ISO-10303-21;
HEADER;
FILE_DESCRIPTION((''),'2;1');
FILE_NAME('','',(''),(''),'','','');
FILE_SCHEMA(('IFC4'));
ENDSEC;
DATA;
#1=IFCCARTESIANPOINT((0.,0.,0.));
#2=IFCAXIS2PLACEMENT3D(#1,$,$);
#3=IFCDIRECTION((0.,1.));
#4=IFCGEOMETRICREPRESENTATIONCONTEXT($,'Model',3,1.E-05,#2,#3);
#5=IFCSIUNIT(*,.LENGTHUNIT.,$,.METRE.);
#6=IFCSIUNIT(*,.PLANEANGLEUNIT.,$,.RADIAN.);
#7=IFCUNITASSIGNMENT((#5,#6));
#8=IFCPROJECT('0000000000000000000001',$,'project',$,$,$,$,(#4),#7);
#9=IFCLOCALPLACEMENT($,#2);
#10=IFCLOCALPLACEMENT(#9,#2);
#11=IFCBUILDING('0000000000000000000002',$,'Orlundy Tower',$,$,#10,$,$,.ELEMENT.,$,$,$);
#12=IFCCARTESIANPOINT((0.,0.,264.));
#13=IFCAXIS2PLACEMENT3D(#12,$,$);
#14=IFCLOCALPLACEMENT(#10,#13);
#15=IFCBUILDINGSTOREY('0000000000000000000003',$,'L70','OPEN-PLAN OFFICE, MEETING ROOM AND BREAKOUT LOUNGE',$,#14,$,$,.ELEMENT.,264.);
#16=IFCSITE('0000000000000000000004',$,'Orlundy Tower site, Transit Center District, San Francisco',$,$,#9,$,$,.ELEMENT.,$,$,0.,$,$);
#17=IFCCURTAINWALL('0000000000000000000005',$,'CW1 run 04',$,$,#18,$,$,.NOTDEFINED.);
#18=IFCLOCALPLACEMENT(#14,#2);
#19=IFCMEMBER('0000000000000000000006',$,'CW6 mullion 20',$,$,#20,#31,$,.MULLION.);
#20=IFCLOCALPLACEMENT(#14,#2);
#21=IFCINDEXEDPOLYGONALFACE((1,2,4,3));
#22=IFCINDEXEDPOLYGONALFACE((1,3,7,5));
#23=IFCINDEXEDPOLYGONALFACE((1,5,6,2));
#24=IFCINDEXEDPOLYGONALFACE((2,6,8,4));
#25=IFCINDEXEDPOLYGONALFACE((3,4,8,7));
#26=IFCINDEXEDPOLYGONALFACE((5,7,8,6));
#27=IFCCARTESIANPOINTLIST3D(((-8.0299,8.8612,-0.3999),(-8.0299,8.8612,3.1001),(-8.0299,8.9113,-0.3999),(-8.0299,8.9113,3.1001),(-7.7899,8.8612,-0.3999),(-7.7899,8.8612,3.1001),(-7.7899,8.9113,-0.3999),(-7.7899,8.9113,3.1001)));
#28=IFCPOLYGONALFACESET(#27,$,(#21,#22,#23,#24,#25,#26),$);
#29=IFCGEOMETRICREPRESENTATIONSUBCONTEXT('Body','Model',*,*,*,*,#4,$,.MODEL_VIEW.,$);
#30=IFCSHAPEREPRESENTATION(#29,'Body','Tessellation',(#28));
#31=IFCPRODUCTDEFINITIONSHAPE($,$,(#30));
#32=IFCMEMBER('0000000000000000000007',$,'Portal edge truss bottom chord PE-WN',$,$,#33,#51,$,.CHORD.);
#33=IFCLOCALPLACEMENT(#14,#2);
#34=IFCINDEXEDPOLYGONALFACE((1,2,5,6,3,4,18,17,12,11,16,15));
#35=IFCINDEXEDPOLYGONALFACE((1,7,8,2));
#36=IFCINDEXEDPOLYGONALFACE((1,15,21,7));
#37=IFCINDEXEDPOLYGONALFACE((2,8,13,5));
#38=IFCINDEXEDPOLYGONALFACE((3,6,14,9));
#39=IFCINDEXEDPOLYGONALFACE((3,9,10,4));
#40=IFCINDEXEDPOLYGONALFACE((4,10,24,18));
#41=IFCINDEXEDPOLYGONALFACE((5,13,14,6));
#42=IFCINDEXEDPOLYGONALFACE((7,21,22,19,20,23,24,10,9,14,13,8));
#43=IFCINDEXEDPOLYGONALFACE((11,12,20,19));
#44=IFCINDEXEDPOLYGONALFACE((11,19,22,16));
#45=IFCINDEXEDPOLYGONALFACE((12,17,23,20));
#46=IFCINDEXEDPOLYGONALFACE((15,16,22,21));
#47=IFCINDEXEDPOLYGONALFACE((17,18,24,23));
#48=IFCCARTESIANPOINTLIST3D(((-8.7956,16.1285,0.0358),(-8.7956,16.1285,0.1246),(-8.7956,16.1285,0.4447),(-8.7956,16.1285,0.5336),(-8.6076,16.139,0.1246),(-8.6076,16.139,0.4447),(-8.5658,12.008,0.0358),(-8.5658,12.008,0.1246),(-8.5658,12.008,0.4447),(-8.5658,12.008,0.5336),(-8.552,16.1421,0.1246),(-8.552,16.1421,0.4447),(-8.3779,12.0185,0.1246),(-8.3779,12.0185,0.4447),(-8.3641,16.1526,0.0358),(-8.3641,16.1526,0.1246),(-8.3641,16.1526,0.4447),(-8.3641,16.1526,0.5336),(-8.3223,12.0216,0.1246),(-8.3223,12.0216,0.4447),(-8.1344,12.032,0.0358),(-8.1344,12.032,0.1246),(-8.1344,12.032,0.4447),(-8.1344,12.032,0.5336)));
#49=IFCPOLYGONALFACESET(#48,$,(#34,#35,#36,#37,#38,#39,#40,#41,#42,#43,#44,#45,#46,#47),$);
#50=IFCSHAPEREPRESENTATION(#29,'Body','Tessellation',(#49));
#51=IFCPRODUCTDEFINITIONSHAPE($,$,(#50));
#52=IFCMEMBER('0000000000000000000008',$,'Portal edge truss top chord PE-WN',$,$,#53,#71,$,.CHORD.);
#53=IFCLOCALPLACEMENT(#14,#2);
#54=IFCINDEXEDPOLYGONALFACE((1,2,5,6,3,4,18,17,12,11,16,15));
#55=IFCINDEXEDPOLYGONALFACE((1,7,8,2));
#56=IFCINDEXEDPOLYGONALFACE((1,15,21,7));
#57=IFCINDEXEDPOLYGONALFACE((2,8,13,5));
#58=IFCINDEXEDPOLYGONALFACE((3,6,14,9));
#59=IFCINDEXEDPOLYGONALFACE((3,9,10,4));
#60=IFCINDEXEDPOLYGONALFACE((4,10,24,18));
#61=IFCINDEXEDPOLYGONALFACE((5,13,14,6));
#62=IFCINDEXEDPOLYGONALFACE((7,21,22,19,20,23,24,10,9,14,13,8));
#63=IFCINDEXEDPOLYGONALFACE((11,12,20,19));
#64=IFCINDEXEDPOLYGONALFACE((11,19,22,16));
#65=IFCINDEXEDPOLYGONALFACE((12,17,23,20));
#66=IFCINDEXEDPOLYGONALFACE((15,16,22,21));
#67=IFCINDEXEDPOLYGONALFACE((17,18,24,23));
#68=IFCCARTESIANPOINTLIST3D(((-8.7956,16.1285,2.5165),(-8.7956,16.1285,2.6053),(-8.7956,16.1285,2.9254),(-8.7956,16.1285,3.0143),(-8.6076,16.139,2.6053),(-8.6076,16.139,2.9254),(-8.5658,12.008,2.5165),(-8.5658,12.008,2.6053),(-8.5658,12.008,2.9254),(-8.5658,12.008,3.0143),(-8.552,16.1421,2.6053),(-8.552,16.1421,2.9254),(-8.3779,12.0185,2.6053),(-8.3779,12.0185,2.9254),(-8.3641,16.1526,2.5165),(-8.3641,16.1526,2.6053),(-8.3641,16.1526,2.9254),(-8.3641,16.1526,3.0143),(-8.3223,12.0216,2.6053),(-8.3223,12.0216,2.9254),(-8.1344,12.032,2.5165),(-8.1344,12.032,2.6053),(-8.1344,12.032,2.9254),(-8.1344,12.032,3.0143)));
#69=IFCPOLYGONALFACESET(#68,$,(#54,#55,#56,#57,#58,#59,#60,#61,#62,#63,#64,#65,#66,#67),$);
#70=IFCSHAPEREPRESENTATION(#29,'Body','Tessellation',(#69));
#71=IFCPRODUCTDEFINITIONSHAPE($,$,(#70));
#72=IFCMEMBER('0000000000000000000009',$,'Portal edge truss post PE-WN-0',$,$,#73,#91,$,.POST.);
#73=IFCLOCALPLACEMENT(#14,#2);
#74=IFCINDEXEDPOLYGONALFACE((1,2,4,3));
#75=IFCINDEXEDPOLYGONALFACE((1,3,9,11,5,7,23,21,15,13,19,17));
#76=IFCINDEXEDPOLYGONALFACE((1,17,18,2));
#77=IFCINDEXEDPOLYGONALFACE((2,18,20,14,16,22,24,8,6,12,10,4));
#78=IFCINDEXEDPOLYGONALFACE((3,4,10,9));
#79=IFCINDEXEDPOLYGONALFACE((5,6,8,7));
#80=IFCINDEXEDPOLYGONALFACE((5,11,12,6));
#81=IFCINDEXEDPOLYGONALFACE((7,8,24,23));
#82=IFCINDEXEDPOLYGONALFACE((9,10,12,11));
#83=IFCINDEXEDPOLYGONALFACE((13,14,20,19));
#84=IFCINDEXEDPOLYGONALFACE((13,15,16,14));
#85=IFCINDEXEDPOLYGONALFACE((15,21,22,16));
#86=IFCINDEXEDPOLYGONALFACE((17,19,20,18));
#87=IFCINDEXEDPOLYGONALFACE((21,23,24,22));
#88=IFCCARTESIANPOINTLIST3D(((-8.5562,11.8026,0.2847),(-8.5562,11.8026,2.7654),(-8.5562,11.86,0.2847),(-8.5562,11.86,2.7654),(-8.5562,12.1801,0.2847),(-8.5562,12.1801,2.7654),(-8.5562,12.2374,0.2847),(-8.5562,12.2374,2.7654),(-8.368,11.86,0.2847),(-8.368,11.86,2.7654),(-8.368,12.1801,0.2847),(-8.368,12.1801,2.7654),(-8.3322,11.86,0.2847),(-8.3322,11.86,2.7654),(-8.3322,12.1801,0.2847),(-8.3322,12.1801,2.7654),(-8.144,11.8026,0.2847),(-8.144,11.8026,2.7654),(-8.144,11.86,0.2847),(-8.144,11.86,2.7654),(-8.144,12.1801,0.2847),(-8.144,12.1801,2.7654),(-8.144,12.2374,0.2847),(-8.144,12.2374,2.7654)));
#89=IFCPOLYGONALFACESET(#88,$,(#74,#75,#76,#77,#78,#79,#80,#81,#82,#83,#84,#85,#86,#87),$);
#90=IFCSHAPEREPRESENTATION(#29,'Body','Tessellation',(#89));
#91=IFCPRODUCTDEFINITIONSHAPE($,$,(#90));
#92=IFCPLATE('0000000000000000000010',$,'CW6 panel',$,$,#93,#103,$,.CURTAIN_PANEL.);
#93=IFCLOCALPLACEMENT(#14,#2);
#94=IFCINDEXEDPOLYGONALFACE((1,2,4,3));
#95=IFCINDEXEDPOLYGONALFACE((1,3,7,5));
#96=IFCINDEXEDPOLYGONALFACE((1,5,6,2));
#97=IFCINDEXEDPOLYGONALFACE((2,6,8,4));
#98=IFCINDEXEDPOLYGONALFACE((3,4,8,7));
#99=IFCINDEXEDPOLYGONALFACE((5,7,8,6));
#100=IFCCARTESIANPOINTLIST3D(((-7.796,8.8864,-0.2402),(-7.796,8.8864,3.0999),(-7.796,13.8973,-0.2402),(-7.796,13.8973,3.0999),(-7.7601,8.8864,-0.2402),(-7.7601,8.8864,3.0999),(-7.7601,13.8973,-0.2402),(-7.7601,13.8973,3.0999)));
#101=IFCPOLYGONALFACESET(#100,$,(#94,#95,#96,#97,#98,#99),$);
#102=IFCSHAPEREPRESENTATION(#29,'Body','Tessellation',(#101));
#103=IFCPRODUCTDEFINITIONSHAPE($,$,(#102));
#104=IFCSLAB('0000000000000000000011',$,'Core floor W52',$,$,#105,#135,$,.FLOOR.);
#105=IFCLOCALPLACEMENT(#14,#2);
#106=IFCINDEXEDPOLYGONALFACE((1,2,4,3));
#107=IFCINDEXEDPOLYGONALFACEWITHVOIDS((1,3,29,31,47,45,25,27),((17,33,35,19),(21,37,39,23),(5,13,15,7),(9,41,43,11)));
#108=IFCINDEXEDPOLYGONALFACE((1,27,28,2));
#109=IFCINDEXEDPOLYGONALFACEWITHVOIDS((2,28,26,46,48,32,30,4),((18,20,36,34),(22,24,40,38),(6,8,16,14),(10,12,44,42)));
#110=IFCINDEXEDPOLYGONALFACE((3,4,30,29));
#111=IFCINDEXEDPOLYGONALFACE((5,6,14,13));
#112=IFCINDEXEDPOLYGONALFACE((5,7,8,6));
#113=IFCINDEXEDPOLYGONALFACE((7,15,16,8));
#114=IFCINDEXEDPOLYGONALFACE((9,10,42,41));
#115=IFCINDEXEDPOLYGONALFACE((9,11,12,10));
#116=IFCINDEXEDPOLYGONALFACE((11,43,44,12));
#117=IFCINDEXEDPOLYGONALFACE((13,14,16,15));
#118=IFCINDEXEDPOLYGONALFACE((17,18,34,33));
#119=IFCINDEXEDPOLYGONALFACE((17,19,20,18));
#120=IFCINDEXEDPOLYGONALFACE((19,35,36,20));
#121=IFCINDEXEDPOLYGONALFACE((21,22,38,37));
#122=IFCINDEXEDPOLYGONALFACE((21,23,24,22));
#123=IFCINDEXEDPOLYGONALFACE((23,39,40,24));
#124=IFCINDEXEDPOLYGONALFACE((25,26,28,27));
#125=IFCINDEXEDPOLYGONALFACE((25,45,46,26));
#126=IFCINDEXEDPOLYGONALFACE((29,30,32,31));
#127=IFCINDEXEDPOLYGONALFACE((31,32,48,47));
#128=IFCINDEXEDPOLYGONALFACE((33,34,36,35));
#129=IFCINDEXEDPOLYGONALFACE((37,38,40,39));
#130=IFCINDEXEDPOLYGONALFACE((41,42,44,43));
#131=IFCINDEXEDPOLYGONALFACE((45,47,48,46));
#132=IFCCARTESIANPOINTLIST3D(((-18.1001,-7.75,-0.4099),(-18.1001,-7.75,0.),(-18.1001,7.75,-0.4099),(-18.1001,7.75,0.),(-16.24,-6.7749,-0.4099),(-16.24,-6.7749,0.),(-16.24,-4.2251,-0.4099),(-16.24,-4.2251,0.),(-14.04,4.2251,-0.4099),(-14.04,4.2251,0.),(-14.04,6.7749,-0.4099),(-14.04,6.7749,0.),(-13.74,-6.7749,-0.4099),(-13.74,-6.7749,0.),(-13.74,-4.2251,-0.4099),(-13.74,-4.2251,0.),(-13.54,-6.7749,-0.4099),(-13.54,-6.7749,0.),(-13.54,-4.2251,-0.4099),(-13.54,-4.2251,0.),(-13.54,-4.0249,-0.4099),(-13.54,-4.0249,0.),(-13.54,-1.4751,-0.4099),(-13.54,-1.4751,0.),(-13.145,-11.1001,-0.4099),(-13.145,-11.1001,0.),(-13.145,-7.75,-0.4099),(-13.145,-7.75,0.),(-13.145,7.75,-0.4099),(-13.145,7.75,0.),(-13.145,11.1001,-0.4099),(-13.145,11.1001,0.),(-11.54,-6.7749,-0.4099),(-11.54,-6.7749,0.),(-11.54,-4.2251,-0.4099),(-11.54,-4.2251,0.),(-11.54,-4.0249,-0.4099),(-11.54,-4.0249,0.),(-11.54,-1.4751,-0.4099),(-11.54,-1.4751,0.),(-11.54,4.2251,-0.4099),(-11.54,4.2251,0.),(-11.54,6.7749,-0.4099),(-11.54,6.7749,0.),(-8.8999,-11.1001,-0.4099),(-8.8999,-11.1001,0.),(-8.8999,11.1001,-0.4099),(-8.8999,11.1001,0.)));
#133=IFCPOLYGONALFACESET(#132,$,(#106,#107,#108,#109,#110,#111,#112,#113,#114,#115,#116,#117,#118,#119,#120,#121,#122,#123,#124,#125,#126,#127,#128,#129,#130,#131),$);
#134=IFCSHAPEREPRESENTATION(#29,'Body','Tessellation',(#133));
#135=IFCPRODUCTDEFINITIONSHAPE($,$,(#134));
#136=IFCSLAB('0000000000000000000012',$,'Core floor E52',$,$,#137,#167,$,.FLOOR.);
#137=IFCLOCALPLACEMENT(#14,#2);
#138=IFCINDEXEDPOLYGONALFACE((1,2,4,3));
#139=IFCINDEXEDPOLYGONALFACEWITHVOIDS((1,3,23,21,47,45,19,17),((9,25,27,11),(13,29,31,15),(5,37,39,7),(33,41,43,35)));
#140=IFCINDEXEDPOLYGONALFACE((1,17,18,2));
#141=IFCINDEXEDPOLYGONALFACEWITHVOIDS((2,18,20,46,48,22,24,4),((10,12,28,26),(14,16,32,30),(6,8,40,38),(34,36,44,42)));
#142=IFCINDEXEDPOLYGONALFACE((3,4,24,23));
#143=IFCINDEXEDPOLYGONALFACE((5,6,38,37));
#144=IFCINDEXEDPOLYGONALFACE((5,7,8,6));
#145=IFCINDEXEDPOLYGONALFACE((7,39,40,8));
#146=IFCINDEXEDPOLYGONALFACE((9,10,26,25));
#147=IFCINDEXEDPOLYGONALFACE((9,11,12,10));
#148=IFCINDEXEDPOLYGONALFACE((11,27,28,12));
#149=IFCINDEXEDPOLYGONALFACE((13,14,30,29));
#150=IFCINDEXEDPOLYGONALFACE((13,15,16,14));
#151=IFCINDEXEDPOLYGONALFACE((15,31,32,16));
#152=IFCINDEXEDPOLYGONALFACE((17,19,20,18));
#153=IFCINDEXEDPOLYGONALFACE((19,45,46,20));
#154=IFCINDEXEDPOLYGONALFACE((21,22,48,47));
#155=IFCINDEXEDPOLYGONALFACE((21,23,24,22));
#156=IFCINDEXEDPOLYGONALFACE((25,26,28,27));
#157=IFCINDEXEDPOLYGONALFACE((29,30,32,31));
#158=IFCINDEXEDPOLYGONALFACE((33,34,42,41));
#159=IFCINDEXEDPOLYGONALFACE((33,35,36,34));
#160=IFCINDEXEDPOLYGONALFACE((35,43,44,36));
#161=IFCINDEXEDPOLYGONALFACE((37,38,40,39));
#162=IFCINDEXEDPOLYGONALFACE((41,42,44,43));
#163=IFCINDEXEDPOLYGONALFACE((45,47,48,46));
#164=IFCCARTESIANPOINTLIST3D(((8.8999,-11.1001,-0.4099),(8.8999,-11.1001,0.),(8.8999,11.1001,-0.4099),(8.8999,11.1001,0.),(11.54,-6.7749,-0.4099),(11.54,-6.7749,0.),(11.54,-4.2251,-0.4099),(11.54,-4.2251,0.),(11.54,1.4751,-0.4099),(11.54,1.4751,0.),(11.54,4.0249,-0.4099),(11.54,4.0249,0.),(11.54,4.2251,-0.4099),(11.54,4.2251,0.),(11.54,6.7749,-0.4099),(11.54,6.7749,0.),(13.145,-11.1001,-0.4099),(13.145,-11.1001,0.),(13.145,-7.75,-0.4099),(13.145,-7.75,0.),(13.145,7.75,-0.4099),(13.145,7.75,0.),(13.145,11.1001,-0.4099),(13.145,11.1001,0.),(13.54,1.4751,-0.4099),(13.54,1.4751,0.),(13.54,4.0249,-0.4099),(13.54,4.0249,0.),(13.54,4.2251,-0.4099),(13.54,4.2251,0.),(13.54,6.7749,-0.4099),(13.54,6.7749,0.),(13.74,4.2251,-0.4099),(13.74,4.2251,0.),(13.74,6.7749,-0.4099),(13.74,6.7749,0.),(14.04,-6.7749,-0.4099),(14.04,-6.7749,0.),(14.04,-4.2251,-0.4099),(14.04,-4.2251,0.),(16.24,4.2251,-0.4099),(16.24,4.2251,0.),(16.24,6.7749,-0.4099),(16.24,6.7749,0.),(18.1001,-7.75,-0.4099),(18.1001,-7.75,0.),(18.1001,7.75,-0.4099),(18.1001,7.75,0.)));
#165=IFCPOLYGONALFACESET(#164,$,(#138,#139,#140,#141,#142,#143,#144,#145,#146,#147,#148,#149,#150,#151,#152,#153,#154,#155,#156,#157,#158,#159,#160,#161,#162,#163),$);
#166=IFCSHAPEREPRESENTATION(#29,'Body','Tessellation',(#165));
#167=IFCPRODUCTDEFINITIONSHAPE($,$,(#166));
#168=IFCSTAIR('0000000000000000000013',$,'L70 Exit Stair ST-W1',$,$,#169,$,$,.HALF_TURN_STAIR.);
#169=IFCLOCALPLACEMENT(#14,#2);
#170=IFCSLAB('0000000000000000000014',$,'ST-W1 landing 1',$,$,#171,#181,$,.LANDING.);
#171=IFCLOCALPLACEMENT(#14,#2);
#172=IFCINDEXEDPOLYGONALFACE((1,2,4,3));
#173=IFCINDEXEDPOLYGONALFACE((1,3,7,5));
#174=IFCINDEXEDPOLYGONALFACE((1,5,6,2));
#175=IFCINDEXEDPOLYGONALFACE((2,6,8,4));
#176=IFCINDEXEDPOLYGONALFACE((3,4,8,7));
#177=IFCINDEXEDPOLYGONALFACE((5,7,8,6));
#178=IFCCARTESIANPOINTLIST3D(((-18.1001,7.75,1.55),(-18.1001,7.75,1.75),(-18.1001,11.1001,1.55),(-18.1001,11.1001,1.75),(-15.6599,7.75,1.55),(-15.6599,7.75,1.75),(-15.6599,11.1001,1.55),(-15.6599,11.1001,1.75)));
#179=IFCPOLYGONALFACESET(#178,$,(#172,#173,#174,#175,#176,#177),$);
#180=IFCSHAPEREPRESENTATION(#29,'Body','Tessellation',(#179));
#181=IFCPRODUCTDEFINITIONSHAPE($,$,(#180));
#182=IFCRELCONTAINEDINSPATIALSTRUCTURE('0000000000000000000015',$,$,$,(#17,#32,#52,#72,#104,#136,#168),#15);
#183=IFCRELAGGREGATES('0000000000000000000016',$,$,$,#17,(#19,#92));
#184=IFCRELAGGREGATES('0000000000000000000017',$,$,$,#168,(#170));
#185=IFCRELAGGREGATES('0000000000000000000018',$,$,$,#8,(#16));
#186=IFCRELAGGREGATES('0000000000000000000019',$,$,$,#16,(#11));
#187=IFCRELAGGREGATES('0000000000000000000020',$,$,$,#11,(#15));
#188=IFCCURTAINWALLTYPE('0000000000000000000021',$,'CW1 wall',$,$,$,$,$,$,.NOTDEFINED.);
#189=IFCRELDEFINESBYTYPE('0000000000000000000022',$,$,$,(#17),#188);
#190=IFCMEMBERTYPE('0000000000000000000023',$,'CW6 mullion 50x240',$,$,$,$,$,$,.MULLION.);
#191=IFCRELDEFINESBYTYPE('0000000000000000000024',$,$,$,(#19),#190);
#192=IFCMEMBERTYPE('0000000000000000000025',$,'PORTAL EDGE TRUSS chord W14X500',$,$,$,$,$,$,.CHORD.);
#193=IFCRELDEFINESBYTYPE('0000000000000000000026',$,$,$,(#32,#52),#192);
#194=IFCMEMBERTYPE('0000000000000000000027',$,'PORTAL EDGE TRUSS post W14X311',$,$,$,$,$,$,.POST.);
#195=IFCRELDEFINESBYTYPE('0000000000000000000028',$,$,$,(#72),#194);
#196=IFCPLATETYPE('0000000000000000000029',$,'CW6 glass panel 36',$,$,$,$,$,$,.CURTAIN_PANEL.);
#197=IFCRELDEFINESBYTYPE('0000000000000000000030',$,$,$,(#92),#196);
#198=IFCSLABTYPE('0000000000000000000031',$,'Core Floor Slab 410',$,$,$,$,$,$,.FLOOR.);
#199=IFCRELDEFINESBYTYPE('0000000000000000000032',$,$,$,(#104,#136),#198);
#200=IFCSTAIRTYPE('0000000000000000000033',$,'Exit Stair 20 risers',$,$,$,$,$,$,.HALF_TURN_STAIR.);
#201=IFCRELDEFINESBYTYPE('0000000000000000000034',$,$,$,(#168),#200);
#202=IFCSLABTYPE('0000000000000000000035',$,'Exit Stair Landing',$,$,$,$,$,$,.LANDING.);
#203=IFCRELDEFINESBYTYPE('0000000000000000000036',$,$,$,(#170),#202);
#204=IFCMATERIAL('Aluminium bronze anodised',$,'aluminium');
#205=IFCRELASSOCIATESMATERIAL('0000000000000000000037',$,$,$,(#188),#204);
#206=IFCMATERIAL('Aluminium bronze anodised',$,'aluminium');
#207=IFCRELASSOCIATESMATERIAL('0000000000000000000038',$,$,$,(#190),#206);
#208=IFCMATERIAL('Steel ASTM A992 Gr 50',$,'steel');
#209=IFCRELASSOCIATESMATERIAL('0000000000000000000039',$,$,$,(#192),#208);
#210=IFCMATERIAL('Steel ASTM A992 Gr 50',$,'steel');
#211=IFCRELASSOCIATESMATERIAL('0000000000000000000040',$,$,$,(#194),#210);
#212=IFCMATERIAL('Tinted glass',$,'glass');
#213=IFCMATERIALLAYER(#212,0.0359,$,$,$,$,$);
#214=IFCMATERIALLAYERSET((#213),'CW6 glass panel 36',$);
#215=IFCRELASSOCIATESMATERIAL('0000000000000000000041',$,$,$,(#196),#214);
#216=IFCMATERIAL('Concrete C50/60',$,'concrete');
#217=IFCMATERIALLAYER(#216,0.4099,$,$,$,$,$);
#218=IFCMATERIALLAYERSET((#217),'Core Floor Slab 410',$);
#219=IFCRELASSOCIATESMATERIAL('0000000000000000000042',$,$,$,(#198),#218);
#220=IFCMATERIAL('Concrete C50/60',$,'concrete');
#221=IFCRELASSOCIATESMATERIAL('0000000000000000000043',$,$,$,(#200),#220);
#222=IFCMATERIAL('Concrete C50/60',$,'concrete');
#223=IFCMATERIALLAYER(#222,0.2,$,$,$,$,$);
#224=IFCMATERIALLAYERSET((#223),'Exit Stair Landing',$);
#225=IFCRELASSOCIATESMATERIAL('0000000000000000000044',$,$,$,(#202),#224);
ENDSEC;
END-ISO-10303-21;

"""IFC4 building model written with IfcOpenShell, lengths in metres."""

from ifc_helpers import new_model, si_unit, direction, frame, origin, origin_2d, place, context, subcontext, project, spatial, polyline, rectangle, i_section, outline, extrude, material, layer, layer_set, material_profile, profile_set, type_object, element, aggregate, save


model = new_model("IFC4")

# Units and contexts
model_context = context("Model", 3, precision=1e-05, world=origin(), true_north=direction((0.0, 1.0)))
body_context = subcontext(model_context, "Body", "Model", "MODEL_VIEW")
ifc_project = project(units=[si_unit("LENGTHUNIT", "METRE"), si_unit("PLANEANGLEUNIT", "RADIAN")], contexts=[model_context])

# Site, building, storey
site_placement = place(None, origin())
site = spatial("IfcSite", under=ifc_project, at=site_placement, Name="Orlundy Tower site, Transit Center District, San Francisco", CompositionType="ELEMENT", RefElevation=0.0)
building_placement = place(site_placement, origin())
building = spatial("IfcBuilding", under=site, at=building_placement, Name="Orlundy Tower", CompositionType="ELEMENT")
storey_placement = place(building_placement, frame((0.0, 0.0, 264.0)))
storey = spatial("IfcBuildingStorey", under=building, at=storey_placement, Name="L70", Description="OPEN-PLAN OFFICE, MEETING ROOM AND BREAKOUT LOUNGE", CompositionType="ELEMENT", Elevation=264.0)

# Curtain wall, member
ifc_material_1 = material(Name="Aluminium bronze anodised", Category="aluminium")
curtain_wall_type = type_object("IfcCurtainWallType", Name="CW1 wall", PredefinedType="NOTDEFINED", material=ifc_material_1)
curtain_wall_placement = place(storey_placement, origin())
curtain_wall = element("IfcCurtainWall", 1, at=curtain_wall_placement, inside=storey, type_object=curtain_wall_type, Name="CW1 run 04", PredefinedType="NOTDEFINED")
ifc_material_2 = material(Name="Aluminium bronze anodised", Category="aluminium")
ifc_material_profile_1 = material_profile(ifc_material_2, rectangle(XDim=0.24, YDim=0.05, at=origin_2d()), Name="CW6 mullion 50x240")
ifc_profile_set_1 = profile_set([ifc_material_profile_1], Name="Aluminium bronze anodised")
member_type_1 = type_object("IfcMemberType", Name="CW6 mullion 50x240", PredefinedType="MULLION", material=ifc_profile_set_1)
member_1_placement = place(storey_placement, frame((-7.9099, 8.8862, -0.3999), z_axis=(0.0, 0.0, 1.0), x_axis=(1.0, 0.0, 0.0)))
member_1 = element("IfcMember", 2, at=member_1_placement, type_object=member_type_1, Name="CW6 mullion 20", PredefinedType="MULLION", context=body_context, shape_type="SweptSolid", body=[
    extrude(rectangle(XDim=0.24, YDim=0.05, at=origin_2d()), origin(), (0.0, 0.0, 1.0), 3.5),
])

# Members
ifc_material_3 = material(Name="Steel ASTM A992 Gr 50", Category="steel")
ifc_material_profile_2 = material_profile(ifc_material_3, i_section(OverallWidth=0.4321, OverallDepth=0.4978, WebThickness=0.0557, FlangeThickness=0.0889, at=origin_2d()), Name="W14X500")
ifc_profile_set_2 = profile_set([ifc_material_profile_2], Name="Steel ASTM A992 Gr 50")
member_type_2 = type_object("IfcMemberType", Name="PORTAL EDGE TRUSS chord W14X500", PredefinedType="CHORD", material=ifc_profile_set_2)
for number, where, z_axis, x_axis, name in (
    (3, (-8.3501, 12.02, 0.2847), (-0.055667, 0.998449, 0.0), (-0.998449, -0.055667, 0.0), "Portal edge truss bottom chord PE-WN"),
    (4, (-8.3501, 12.02, 2.7654), (-0.055667, 0.998449, 0.0), (-0.998449, -0.055667, 0.0), "Portal edge truss top chord PE-WN"),
):
    element("IfcMember", number, at=place(storey_placement, frame(where, z_axis=z_axis, x_axis=x_axis)), inside=storey, type_object=member_type_2, Name=name, PredefinedType="CHORD", context=body_context, shape_type="SweptSolid", body=[
        extrude(i_section(OverallWidth=0.4321, OverallDepth=0.4978, WebThickness=0.0557, FlangeThickness=0.0889, at=origin_2d()), origin(), (0.0, 0.0, 1.0), 4.127),
    ])
ifc_material_4 = material(Name="Steel ASTM A992 Gr 50", Category="steel")
ifc_material_profile_3 = material_profile(ifc_material_4, i_section(OverallWidth=0.4121, OverallDepth=0.4348, WebThickness=0.0359, FlangeThickness=0.0574, at=origin_2d()), Name="W14X311")
ifc_profile_set_3 = profile_set([ifc_material_profile_3], Name="Steel ASTM A992 Gr 50")
member_type_3 = type_object("IfcMemberType", Name="PORTAL EDGE TRUSS post W14X311", PredefinedType="POST", material=ifc_profile_set_3)
member_2_placement = place(storey_placement, frame((-8.3501, 12.02, 0.2847), z_axis=(0.0, 0.0, 1.0), x_axis=(1.0, 0.0, 0.0)))
element("IfcMember", 5, at=member_2_placement, inside=storey, type_object=member_type_3, Name="Portal edge truss post PE-WN-0", PredefinedType="POST", context=body_context, shape_type="SweptSolid", body=[
    extrude(i_section(OverallWidth=0.4121, OverallDepth=0.4348, WebThickness=0.0359, FlangeThickness=0.0574, at=origin_2d()), origin(), (0.0, 0.0, 1.0), 2.4807),
])

# Plate
ifc_material_5 = material(Name="Tinted glass", Category="glass")
ifc_layer_1 = layer(ifc_material_5, 0.0359)
ifc_layer_set_1 = layer_set([ifc_layer_1], Name="CW6 glass panel 36")
plate_type = type_object("IfcPlateType", Name="CW6 glass panel 36", PredefinedType="CURTAIN_PANEL", material=ifc_layer_set_1)
plate_placement = place(storey_placement, frame((-7.7781, 11.3918, -0.2402), z_axis=(0.0, 0.0, 1.0), x_axis=(0.0, -1.0, 0.0)))
plate = element("IfcPlate", 6, at=plate_placement, type_object=plate_type, Name="CW6 panel", PredefinedType="CURTAIN_PANEL", context=body_context, shape_type="SweptSolid", body=[
    extrude(rectangle(XDim=5.011, YDim=0.0359, at=origin_2d()), origin(), (0.0, 0.0, 1.0), 3.3401),
])
aggregate(curtain_wall, [member_1, plate])

# Slabs
ifc_material_6 = material(Name="Concrete C50/60", Category="concrete")
ifc_layer_2 = layer(ifc_material_6, 0.4099)
ifc_layer_set_2 = layer_set([ifc_layer_2], Name="Core Floor Slab 410")
slab_type_1 = type_object("IfcSlabType", Name="Core Floor Slab 410", PredefinedType="FLOOR", material=ifc_layer_set_2)
slab_1_placement = place(storey_placement, frame((0.0, 0.0, -0.4099)))
element("IfcSlab", 7, at=slab_1_placement, inside=storey, type_object=slab_type_1, Name="Core floor W52", PredefinedType="FLOOR", context=body_context, shape_type="SweptSolid", body=[
    extrude(outline(polyline([(-18.1001, 7.75), (-13.145, 7.75), (-13.145, 11.1001), (-8.8999, 11.1001), (-8.8999, -11.1001), (-13.145, -11.1001), (-13.145, -7.75), (-18.1001, -7.75), (-18.1001, 7.75)]), holes=[polyline([(-13.54, -4.2251), (-13.54, -6.7749), (-11.54, -6.7749), (-11.54, -4.2251), (-13.54, -4.2251)]), polyline([(-13.74, -4.2251), (-16.24, -4.2251), (-16.24, -6.7749), (-13.74, -6.7749), (-13.74, -4.2251)]), polyline([(-11.54, -4.0249), (-11.54, -1.4751), (-13.54, -1.4751), (-13.54, -4.0249), (-11.54, -4.0249)]), polyline([(-14.04, 4.2251), (-11.54, 4.2251), (-11.54, 6.7749), (-14.04, 6.7749), (-14.04, 4.2251)])]), origin(), (0.0, 0.0, 1.0), 0.4099),
])
slab_2_placement = place(storey_placement, frame((0.0, 0.0, -0.4099)))
element("IfcSlab", 8, at=slab_2_placement, inside=storey, type_object=slab_type_1, Name="Core floor E52", PredefinedType="FLOOR", context=body_context, shape_type="SweptSolid", body=[
    extrude(outline(polyline([(18.1001, -7.75), (13.145, -7.75), (13.145, -11.1001), (8.8999, -11.1001), (8.8999, 11.1001), (13.145, 11.1001), (13.145, 7.75), (18.1001, 7.75), (18.1001, -7.75)]), holes=[polyline([(13.54, 4.2251), (13.54, 6.7749), (11.54, 6.7749), (11.54, 4.2251), (13.54, 4.2251)]), polyline([(13.74, 4.2251), (16.24, 4.2251), (16.24, 6.7749), (13.74, 6.7749), (13.74, 4.2251)]), polyline([(11.54, 4.0249), (11.54, 1.4751), (13.54, 1.4751), (13.54, 4.0249), (11.54, 4.0249)]), polyline([(14.04, -4.2251), (11.54, -4.2251), (11.54, -6.7749), (14.04, -6.7749), (14.04, -4.2251)])]), origin(), (0.0, 0.0, 1.0), 0.4099),
])

# Stair, slab
ifc_material_7 = material(Name="Concrete C50/60", Category="concrete")
stair_type = type_object("IfcStairType", Name="Exit Stair 20 risers", PredefinedType="HALF_TURN_STAIR", material=ifc_material_7)
stair_1_placement = place(storey_placement, origin())
stair_1 = element("IfcStair", 9, at=stair_1_placement, inside=storey, type_object=stair_type, Name="L70 Exit Stair ST-W1", PredefinedType="HALF_TURN_STAIR")
ifc_material_8 = material(Name="Concrete C50/60", Category="concrete")
ifc_layer_3 = layer(ifc_material_8, 0.2)
ifc_layer_set_3 = layer_set([ifc_layer_3], Name="Exit Stair Landing")
slab_type_2 = type_object("IfcSlabType", Name="Exit Stair Landing", PredefinedType="LANDING", material=ifc_layer_set_3)
slab_3_placement = place(storey_placement, frame((0.0, 0.0, 1.55)))
slab_3 = element("IfcSlab", 10, at=slab_3_placement, type_object=slab_type_2, Name="ST-W1 landing 1", PredefinedType="LANDING", context=body_context, shape_type="SweptSolid", body=[
    extrude(outline(polyline([(-15.6599, 11.1001), (-18.1001, 11.1001), (-18.1001, 7.75), (-15.6599, 7.75), (-15.6599, 11.1001)])), origin(), (0.0, 0.0, 1.0), 0.2),
])
aggregate(stair_1, [slab_3])

save(model, "model.ifc")
